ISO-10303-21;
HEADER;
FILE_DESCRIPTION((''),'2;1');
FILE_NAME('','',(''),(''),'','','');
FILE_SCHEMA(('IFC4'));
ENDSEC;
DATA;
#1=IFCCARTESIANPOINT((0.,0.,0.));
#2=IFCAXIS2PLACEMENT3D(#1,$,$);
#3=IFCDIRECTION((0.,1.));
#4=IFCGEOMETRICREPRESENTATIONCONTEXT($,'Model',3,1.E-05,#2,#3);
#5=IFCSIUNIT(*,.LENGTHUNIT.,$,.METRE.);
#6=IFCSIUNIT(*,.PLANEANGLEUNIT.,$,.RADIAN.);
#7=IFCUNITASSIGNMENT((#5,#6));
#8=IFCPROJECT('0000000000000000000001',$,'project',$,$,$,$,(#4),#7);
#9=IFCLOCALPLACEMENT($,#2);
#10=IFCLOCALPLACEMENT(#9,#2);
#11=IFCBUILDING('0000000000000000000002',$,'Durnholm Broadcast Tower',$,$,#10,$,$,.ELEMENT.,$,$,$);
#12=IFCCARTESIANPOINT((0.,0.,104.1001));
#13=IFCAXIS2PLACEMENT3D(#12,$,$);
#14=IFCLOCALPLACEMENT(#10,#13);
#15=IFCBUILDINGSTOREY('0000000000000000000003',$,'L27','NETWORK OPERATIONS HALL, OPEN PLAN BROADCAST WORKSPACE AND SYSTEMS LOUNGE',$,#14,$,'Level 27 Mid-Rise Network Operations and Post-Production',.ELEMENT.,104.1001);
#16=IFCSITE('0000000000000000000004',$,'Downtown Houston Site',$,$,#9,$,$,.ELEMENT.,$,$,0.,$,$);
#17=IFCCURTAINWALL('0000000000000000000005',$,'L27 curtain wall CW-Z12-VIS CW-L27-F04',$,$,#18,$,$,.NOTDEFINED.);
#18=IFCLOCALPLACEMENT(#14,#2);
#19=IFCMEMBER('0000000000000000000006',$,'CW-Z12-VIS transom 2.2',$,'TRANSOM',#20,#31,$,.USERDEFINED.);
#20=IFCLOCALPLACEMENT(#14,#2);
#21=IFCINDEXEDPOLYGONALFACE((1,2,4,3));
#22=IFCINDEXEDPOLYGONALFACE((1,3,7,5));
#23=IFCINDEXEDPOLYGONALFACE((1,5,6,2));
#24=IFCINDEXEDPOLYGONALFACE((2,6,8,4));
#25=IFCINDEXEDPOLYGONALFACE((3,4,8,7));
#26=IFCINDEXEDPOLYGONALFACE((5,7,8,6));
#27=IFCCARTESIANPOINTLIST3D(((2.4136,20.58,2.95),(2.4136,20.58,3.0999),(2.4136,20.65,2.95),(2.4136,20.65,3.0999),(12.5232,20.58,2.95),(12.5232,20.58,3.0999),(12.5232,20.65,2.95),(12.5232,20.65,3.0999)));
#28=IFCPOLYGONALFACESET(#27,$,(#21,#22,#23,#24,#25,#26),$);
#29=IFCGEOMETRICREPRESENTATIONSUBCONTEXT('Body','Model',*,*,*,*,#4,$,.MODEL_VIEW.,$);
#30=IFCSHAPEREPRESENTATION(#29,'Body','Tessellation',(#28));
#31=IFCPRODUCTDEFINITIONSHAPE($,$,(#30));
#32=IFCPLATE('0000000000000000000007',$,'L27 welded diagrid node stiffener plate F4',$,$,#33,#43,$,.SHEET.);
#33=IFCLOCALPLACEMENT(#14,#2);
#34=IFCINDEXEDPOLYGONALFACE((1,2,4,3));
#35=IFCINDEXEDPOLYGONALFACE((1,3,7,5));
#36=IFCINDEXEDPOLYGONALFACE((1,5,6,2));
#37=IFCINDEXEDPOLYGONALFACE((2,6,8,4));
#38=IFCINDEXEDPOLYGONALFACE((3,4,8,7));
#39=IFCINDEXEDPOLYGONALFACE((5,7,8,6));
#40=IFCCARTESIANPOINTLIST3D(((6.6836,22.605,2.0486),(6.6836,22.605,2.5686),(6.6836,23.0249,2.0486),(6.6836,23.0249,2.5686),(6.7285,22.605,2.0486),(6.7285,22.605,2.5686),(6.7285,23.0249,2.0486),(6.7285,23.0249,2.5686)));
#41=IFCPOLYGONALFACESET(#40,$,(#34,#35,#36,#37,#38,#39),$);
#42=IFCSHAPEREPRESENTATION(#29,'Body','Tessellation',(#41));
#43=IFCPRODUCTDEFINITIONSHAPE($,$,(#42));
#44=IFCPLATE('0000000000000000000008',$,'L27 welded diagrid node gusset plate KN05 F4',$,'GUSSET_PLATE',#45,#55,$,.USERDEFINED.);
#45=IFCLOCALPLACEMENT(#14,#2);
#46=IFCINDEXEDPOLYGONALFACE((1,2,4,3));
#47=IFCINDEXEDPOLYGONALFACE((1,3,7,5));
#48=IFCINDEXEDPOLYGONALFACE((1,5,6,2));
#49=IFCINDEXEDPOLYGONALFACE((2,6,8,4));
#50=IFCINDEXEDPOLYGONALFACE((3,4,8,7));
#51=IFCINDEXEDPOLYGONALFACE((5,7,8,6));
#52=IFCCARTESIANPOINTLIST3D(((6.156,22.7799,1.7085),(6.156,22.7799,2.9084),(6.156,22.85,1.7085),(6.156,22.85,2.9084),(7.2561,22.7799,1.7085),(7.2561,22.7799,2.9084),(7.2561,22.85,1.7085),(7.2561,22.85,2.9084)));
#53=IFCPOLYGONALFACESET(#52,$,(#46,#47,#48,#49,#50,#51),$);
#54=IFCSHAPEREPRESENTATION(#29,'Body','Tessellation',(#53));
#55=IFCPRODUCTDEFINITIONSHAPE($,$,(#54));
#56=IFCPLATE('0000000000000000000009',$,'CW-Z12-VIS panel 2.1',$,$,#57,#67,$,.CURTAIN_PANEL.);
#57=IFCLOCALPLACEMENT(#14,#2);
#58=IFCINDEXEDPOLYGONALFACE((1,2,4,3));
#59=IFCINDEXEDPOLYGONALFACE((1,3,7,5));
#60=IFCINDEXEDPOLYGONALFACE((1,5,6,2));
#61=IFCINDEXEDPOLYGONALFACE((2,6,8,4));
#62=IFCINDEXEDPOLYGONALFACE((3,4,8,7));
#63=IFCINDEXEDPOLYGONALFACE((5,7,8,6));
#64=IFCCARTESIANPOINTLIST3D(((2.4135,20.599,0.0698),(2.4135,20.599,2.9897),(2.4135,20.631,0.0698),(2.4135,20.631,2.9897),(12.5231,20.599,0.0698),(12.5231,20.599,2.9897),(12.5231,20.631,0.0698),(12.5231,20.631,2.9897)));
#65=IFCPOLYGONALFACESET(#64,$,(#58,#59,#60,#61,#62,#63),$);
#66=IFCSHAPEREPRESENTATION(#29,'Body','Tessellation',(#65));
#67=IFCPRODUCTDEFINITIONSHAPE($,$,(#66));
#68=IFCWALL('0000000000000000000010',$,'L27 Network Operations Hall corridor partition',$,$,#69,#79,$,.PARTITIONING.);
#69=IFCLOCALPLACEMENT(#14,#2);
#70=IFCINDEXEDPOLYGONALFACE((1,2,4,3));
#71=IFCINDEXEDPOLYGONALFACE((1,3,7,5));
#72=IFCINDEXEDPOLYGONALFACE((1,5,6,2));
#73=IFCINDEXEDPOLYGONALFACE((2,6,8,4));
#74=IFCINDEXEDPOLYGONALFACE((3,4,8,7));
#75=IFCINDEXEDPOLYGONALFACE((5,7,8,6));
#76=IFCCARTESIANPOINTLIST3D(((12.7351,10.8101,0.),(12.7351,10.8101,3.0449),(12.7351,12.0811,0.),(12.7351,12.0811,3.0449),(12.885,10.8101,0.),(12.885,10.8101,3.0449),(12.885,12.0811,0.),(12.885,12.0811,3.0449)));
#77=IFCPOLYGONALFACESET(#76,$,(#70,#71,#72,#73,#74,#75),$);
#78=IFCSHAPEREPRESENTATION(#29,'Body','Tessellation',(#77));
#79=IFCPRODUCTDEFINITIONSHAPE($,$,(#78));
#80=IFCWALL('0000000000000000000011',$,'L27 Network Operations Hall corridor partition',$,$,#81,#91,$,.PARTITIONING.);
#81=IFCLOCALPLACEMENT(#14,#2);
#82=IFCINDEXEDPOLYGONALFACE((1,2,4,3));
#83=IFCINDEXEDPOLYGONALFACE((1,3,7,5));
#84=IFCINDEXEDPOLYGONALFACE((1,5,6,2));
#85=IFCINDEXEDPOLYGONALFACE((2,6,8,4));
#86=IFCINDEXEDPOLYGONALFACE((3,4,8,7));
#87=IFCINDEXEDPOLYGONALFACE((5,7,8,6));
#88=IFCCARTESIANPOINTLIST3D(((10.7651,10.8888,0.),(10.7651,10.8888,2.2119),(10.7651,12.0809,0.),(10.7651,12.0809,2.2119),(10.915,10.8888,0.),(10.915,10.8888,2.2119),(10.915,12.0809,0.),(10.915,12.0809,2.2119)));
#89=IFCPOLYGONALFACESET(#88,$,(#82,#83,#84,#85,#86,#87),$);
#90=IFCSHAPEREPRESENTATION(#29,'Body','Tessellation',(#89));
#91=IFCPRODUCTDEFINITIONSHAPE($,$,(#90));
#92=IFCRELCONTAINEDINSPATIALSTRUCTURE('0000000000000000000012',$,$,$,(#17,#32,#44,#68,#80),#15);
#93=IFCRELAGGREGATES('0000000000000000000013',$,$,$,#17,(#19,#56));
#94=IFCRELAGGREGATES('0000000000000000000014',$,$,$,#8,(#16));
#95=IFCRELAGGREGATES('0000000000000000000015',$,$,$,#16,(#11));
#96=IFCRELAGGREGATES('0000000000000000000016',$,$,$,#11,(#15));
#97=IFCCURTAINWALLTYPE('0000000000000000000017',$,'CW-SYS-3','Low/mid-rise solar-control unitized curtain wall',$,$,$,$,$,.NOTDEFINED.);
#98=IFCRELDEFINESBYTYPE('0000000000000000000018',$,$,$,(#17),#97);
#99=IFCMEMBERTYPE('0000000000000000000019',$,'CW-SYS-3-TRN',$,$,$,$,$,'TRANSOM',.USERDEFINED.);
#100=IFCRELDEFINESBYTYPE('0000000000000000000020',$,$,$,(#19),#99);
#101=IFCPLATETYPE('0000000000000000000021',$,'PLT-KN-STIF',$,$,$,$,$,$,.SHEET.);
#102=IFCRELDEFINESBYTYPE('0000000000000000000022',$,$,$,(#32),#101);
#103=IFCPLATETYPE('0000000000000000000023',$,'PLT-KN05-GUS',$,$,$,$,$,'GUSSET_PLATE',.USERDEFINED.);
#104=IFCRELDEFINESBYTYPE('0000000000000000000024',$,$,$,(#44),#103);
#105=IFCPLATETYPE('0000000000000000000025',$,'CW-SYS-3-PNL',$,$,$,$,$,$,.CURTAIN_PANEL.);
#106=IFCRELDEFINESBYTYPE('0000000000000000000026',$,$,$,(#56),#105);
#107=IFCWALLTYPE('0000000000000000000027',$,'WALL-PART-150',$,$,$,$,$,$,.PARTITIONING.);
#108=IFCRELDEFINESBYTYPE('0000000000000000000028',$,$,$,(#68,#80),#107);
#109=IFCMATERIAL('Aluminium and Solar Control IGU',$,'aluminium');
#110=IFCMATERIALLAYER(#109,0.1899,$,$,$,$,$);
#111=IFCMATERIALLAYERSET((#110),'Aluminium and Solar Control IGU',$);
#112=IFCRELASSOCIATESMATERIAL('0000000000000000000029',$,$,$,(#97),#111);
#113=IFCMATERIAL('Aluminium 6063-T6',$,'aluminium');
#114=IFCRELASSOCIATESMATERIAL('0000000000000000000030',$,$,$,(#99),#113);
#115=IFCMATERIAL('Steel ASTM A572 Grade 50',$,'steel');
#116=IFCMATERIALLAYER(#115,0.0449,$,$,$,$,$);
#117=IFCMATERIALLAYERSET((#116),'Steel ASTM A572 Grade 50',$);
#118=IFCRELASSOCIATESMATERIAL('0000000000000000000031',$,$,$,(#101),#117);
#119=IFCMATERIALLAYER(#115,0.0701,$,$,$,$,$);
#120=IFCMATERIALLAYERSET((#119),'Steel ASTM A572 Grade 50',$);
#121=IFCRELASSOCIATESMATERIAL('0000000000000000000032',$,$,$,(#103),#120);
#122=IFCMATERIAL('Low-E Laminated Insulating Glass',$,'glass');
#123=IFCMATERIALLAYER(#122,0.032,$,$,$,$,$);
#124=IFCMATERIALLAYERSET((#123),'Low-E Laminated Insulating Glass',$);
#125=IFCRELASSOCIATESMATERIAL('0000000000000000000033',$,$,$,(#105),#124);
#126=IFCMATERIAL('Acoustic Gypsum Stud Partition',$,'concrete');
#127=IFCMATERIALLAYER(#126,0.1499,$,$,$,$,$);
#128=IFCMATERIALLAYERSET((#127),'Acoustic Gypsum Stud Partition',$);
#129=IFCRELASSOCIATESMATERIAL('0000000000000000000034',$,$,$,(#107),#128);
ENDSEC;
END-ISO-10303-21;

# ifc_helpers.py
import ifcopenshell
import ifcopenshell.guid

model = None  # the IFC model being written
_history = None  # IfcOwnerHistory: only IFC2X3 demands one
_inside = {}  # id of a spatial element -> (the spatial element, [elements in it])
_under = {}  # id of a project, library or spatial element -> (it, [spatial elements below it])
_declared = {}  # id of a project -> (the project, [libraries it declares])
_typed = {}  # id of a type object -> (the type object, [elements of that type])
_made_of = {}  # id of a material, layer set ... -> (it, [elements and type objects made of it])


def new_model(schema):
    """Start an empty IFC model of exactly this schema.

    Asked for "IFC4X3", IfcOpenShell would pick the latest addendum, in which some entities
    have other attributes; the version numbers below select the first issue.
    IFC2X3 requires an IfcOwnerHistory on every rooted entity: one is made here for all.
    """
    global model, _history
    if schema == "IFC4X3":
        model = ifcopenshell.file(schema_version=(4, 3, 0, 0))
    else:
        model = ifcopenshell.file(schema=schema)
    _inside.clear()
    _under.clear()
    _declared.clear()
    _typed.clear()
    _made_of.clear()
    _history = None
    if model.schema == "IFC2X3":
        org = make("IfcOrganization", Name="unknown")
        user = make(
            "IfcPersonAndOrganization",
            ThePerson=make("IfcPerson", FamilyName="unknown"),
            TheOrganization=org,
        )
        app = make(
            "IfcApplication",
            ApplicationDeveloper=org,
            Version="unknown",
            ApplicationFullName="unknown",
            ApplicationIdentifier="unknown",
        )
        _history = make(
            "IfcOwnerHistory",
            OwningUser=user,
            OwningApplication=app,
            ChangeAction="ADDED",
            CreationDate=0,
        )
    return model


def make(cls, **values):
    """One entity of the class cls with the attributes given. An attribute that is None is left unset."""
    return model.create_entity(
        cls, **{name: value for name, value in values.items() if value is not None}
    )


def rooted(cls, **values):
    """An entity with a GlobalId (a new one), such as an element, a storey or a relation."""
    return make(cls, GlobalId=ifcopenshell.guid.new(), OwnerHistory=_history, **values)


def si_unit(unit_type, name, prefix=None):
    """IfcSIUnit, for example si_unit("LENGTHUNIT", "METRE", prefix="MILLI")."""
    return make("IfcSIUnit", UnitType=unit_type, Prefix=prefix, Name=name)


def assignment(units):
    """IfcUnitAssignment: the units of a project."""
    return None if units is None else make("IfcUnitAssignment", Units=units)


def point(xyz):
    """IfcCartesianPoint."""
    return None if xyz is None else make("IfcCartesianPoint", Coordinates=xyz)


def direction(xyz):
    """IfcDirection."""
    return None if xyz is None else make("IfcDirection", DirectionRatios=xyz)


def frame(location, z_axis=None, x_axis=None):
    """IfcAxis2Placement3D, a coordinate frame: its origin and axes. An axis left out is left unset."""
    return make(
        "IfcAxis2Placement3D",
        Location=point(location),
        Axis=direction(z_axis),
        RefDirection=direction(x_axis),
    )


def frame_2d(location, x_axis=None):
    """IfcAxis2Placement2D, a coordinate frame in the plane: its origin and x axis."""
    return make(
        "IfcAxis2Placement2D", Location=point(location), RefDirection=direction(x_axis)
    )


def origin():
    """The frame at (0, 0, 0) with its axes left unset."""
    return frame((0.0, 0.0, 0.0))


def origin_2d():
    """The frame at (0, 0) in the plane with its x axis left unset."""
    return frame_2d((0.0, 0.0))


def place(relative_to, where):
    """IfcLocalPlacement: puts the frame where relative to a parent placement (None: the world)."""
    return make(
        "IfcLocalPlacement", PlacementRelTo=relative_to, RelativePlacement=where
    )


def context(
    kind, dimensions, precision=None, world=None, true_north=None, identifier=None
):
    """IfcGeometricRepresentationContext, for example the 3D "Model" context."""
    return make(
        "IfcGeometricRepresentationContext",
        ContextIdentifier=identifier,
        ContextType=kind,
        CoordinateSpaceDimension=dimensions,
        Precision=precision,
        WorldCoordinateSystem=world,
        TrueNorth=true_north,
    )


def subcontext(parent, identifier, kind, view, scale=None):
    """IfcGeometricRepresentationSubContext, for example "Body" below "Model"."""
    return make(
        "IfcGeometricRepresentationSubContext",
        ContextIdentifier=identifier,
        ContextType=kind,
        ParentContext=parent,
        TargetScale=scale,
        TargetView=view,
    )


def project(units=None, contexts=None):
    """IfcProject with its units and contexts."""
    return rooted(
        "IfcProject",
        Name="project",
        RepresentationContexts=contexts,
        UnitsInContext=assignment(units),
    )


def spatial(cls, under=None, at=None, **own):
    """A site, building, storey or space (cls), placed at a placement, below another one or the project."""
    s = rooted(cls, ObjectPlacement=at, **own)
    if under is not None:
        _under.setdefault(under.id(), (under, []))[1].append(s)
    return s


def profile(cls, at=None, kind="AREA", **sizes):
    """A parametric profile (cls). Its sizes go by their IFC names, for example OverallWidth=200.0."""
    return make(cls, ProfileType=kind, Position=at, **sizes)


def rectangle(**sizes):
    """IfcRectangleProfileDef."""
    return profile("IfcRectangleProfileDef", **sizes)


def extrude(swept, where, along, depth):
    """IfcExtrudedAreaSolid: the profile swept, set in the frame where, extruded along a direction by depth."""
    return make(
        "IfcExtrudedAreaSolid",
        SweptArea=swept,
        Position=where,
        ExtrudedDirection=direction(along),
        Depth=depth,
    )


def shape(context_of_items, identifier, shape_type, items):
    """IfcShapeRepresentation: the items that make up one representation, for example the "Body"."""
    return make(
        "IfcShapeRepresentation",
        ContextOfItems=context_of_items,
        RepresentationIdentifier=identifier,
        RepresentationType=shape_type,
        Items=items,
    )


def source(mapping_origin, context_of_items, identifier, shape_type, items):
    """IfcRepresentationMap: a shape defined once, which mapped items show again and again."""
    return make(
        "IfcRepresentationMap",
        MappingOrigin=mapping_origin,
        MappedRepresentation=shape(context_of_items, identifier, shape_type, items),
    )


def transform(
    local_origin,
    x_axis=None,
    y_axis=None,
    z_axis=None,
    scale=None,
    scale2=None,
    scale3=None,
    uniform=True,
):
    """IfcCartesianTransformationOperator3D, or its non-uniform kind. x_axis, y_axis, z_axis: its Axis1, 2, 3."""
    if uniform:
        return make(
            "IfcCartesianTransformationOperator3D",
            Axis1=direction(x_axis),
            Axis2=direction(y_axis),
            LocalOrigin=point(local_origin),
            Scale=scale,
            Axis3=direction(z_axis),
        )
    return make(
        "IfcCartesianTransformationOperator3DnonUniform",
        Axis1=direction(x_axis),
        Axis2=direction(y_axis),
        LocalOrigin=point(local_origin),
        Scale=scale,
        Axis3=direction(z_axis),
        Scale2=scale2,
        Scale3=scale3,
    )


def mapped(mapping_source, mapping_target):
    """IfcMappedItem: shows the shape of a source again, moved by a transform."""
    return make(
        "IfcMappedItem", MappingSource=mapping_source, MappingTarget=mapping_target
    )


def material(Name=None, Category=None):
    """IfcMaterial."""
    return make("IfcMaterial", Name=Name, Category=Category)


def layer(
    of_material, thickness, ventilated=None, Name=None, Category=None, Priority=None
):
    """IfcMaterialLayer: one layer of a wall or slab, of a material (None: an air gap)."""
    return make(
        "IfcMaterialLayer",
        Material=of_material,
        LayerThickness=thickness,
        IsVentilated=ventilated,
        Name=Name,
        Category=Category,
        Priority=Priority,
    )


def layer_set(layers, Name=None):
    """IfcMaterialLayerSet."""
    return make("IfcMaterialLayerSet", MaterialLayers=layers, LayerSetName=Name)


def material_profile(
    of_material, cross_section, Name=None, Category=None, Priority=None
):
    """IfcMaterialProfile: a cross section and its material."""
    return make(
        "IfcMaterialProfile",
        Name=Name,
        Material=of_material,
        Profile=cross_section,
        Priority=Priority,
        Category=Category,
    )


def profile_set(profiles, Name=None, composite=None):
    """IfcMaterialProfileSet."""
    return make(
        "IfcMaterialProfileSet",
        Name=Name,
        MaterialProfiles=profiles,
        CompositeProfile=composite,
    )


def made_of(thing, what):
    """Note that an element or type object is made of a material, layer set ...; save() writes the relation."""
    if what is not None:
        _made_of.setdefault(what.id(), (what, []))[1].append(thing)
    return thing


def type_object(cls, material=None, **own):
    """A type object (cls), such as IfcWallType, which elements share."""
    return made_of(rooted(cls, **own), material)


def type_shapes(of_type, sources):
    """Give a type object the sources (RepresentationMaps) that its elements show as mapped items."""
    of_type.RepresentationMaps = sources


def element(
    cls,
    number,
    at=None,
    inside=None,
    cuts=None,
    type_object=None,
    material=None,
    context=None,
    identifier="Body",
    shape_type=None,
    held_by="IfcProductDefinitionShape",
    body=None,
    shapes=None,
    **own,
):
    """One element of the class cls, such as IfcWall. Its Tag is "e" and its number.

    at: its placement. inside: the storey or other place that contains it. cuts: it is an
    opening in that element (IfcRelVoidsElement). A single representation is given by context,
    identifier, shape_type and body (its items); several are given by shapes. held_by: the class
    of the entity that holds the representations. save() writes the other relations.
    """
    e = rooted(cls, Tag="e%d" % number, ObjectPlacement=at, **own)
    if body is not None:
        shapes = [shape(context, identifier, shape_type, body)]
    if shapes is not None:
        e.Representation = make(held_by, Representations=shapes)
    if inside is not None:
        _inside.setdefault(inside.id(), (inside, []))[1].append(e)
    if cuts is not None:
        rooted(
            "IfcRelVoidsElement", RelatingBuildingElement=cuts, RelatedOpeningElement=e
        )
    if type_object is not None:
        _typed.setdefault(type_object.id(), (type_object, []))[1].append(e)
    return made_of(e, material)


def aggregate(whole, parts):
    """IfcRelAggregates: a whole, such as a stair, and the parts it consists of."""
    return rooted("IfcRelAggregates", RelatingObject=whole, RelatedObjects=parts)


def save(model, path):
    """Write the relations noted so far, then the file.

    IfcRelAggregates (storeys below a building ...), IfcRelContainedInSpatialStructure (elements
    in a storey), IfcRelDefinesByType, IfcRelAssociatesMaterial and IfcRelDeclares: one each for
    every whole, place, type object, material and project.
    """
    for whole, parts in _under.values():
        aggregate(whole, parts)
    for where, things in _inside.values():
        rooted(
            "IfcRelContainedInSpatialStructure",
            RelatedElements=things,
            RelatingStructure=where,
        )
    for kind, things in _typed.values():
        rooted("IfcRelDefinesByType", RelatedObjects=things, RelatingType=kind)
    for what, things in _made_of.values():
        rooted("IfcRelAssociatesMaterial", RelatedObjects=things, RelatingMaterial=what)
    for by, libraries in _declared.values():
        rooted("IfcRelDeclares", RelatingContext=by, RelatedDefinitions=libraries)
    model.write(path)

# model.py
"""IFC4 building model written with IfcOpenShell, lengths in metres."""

from ifc_helpers import new_model, si_unit, direction, frame, frame_2d, origin, origin_2d, place, context, subcontext, project, spatial, rectangle, extrude, source, transform, mapped, material, layer, layer_set, material_profile, profile_set, type_object, type_shapes, element, aggregate, save


model = new_model("IFC4")

# Units and contexts
model_context = context("Model", 3, precision=1e-05, world=origin(), true_north=direction((0.0, 1.0)))
body_context = subcontext(model_context, "Body", "Model", "MODEL_VIEW")
ifc_project = project(units=[si_unit("LENGTHUNIT", "METRE"), si_unit("PLANEANGLEUNIT", "RADIAN")], contexts=[model_context])

# Site, building, storey
site_placement = place(None, origin())
site = spatial("IfcSite", under=ifc_project, at=site_placement, Name="Downtown Houston Site", CompositionType="ELEMENT", RefElevation=0.0)
building_placement = place(site_placement, origin())
building = spatial("IfcBuilding", under=site, at=building_placement, Name="Durnholm Broadcast Tower", CompositionType="ELEMENT")
storey_placement = place(building_placement, frame((0.0, 0.0, 104.1001)))
storey = spatial("IfcBuildingStorey", under=building, at=storey_placement, Name="L27", Description="NETWORK OPERATIONS HALL, OPEN PLAN BROADCAST WORKSPACE AND SYSTEMS LOUNGE", LongName="Level 27 Mid-Rise Network Operations and Post-Production", CompositionType="ELEMENT", Elevation=104.1001)

# Shared definitions
ifc_material_1 = material(Name="Aluminium and Solar Control IGU", Category="aluminium")
ifc_material_2 = material(Name="Aluminium 6063-T6", Category="aluminium")

# Curtain wall
ifc_layer_1 = layer(ifc_material_1, 0.1899)
ifc_layer_set_1 = layer_set([ifc_layer_1], Name="Aluminium and Solar Control IGU")
curtain_wall_type_1 = type_object("IfcCurtainWallType", Name="CW-SYS-3", Description="Low/mid-rise solar-control unitized curtain wall", PredefinedType="NOTDEFINED", material=ifc_layer_set_1)
curtain_wall_1_placement = place(storey_placement, origin())
curtain_wall_1 = element("IfcCurtainWall", 1, at=curtain_wall_1_placement, inside=storey, type_object=curtain_wall_type_1, Name="L27 curtain wall CW-Z12-VIS CW-L27-F04", PredefinedType="NOTDEFINED")

# Member
ifc_material_profile_1 = material_profile(ifc_material_2, rectangle(XDim=0.0701, YDim=0.1499, at=origin_2d()), Name="CWT70X150")
ifc_profile_set_1 = profile_set([ifc_material_profile_1], Name="Aluminium 6063-T6")
member_type_1 = type_object("IfcMemberType", Name="CW-SYS-3-TRN", ElementType="TRANSOM", PredefinedType="USERDEFINED", material=ifc_profile_set_1)
shared_shape_1 = source(origin(), body_context, "Body", "SweptSolid", [
    extrude(rectangle(XDim=0.0701, YDim=0.1499, at=origin_2d()), origin(), (0.0, 0.0, 1.0), 10.1096),
])
type_shapes(member_type_1, [shared_shape_1])
member_1_placement = place(storey_placement, frame((2.4136, 20.615, 3.0249), z_axis=(1.0, 0.0, 0.0), x_axis=(0.0, 1.0, 0.0)))
member_1 = element("IfcMember", 2, at=member_1_placement, type_object=member_type_1, Name="CW-Z12-VIS transom 2.2", ObjectType="TRANSOM", PredefinedType="USERDEFINED", context=body_context, shape_type="MappedRepresentation", body=[
    mapped(shared_shape_1, transform((0.0, 0.0, 0.0), x_axis=(1.0, 0.0, 0.0), y_axis=(0.0, 1.0, 0.0), z_axis=(0.0, 0.0, 1.0), scale=1.0)),
])

# Plates
ifc_material_3 = material(Name="Steel ASTM A572 Grade 50", Category="steel")
ifc_layer_2 = layer(ifc_material_3, 0.0449)
ifc_layer_set_2 = layer_set([ifc_layer_2], Name="Steel ASTM A572 Grade 50")
plate_type_1 = type_object("IfcPlateType", Name="PLT-KN-STIF", PredefinedType="SHEET", material=ifc_layer_set_2)
shared_shape_2 = source(origin(), body_context, "Body", "SweptSolid", [
    extrude(rectangle(XDim=0.0449, YDim=0.4199, at=origin_2d()), origin(), (0.0, 0.0, 1.0), 0.52),
])
type_shapes(plate_type_1, [shared_shape_2])
plate_1_placement = place(storey_placement, frame((6.7061, 22.8149, 2.0486), z_axis=(0.0, 0.0, 1.0), x_axis=(-1.0, 0.0, 0.0)))
element("IfcPlate", 3, at=plate_1_placement, inside=storey, type_object=plate_type_1, Name="L27 welded diagrid node stiffener plate F4", PredefinedType="SHEET", context=body_context, shape_type="MappedRepresentation", body=[
    mapped(shared_shape_2, transform((0.0, 0.0, 0.0), x_axis=(1.0, 0.0, 0.0), y_axis=(0.0, 1.0, 0.0), z_axis=(0.0, 0.0, 1.0), scale=1.0)),
])
ifc_layer_3 = layer(ifc_material_3, 0.0701)
ifc_layer_set_3 = layer_set([ifc_layer_3], Name="Steel ASTM A572 Grade 50")
plate_type_2 = type_object("IfcPlateType", Name="PLT-KN05-GUS", ElementType="GUSSET_PLATE", PredefinedType="USERDEFINED", material=ifc_layer_set_3)
shared_shape_3 = source(origin(), body_context, "Body", "SweptSolid", [
    extrude(rectangle(XDim=1.1001, YDim=0.0701, at=origin_2d()), origin(), (0.0, 0.0, 1.0), 1.2),
])
type_shapes(plate_type_2, [shared_shape_3])
plate_2_placement = place(storey_placement, frame((6.7061, 22.8149, 1.7085), z_axis=(0.0, 0.0, 1.0), x_axis=(-1.0, 0.0, 0.0)))
element("IfcPlate", 4, at=plate_2_placement, inside=storey, type_object=plate_type_2, Name="L27 welded diagrid node gusset plate KN05 F4", ObjectType="GUSSET_PLATE", PredefinedType="USERDEFINED", context=body_context, shape_type="MappedRepresentation", body=[
    mapped(shared_shape_3, transform((0.0, 0.0, 0.0), x_axis=(1.0, 0.0, 0.0), y_axis=(0.0, 1.0, 0.0), z_axis=(0.0, 0.0, 1.0), scale=1.0)),
])

# Plate
ifc_material_4 = material(Name="Low-E Laminated Insulating Glass", Category="glass")
ifc_layer_4 = layer(ifc_material_4, 0.032)
ifc_layer_set_4 = layer_set([ifc_layer_4], Name="Low-E Laminated Insulating Glass")
plate_type_3 = type_object("IfcPlateType", Name="CW-SYS-3-PNL", PredefinedType="CURTAIN_PANEL", material=ifc_layer_set_4)
shared_shape_4 = source(origin(), body_context, "Body", "SweptSolid", [
    extrude(rectangle(XDim=10.1096, YDim=0.032, at=origin_2d()), origin(), (0.0, 0.0, 1.0), 2.9199),
])
type_shapes(plate_type_3, [shared_shape_4])
plate_3_placement = place(storey_placement, frame((7.4683, 20.615, 0.0698), z_axis=(0.0, 0.0, 1.0), x_axis=(1.0, 0.0, 0.0)))
plate_3 = element("IfcPlate", 5, at=plate_3_placement, type_object=plate_type_3, Name="CW-Z12-VIS panel 2.1", PredefinedType="CURTAIN_PANEL", context=body_context, shape_type="MappedRepresentation", body=[
    mapped(shared_shape_4, transform((0.0, 0.0, 0.0), x_axis=(1.0, 0.0, 0.0), y_axis=(0.0, 1.0, 0.0), z_axis=(0.0, 0.0, 1.0), scale=1.0)),
])
aggregate(curtain_wall_1, [member_1, plate_3])

# Walls
ifc_material_5 = material(Name="Acoustic Gypsum Stud Partition", Category="concrete")
ifc_layer_5 = layer(ifc_material_5, 0.1499)
ifc_layer_set_5 = layer_set([ifc_layer_5], Name="Acoustic Gypsum Stud Partition")
wall_type = type_object("IfcWallType", Name="WALL-PART-150", PredefinedType="PARTITIONING", material=ifc_layer_set_5)
wall_1_placement = place(storey_placement, frame((12.8101, 10.8101, 0.0), z_axis=(0.0, 0.0, 1.0), x_axis=(0.0, 1.0, 0.0)))
element("IfcWall", 6, at=wall_1_placement, inside=storey, type_object=wall_type, Name="L27 Network Operations Hall corridor partition", PredefinedType="PARTITIONING", context=body_context, shape_type="SweptSolid", body=[
    extrude(rectangle(XDim=1.271, YDim=0.1499, at=frame_2d((0.6355, 0.0))), origin(), (0.0, 0.0, 1.0), 3.0449),
])
wall_2_placement = place(storey_placement, frame((10.8401, 12.0811, 0.0), z_axis=(0.0, 0.0, 1.0), x_axis=(0.0, -1.0, 0.0)))
element("IfcWall", 7, at=wall_2_placement, inside=storey, type_object=wall_type, Name="L27 Network Operations Hall corridor partition", PredefinedType="PARTITIONING", context=body_context, shape_type="SweptSolid", body=[
    extrude(rectangle(XDim=1.1921, YDim=0.1499, at=frame_2d((0.5962, 0.0))), origin(), (0.0, 0.0, 1.0), 2.2119),
])

save(model, "model.ifc")
